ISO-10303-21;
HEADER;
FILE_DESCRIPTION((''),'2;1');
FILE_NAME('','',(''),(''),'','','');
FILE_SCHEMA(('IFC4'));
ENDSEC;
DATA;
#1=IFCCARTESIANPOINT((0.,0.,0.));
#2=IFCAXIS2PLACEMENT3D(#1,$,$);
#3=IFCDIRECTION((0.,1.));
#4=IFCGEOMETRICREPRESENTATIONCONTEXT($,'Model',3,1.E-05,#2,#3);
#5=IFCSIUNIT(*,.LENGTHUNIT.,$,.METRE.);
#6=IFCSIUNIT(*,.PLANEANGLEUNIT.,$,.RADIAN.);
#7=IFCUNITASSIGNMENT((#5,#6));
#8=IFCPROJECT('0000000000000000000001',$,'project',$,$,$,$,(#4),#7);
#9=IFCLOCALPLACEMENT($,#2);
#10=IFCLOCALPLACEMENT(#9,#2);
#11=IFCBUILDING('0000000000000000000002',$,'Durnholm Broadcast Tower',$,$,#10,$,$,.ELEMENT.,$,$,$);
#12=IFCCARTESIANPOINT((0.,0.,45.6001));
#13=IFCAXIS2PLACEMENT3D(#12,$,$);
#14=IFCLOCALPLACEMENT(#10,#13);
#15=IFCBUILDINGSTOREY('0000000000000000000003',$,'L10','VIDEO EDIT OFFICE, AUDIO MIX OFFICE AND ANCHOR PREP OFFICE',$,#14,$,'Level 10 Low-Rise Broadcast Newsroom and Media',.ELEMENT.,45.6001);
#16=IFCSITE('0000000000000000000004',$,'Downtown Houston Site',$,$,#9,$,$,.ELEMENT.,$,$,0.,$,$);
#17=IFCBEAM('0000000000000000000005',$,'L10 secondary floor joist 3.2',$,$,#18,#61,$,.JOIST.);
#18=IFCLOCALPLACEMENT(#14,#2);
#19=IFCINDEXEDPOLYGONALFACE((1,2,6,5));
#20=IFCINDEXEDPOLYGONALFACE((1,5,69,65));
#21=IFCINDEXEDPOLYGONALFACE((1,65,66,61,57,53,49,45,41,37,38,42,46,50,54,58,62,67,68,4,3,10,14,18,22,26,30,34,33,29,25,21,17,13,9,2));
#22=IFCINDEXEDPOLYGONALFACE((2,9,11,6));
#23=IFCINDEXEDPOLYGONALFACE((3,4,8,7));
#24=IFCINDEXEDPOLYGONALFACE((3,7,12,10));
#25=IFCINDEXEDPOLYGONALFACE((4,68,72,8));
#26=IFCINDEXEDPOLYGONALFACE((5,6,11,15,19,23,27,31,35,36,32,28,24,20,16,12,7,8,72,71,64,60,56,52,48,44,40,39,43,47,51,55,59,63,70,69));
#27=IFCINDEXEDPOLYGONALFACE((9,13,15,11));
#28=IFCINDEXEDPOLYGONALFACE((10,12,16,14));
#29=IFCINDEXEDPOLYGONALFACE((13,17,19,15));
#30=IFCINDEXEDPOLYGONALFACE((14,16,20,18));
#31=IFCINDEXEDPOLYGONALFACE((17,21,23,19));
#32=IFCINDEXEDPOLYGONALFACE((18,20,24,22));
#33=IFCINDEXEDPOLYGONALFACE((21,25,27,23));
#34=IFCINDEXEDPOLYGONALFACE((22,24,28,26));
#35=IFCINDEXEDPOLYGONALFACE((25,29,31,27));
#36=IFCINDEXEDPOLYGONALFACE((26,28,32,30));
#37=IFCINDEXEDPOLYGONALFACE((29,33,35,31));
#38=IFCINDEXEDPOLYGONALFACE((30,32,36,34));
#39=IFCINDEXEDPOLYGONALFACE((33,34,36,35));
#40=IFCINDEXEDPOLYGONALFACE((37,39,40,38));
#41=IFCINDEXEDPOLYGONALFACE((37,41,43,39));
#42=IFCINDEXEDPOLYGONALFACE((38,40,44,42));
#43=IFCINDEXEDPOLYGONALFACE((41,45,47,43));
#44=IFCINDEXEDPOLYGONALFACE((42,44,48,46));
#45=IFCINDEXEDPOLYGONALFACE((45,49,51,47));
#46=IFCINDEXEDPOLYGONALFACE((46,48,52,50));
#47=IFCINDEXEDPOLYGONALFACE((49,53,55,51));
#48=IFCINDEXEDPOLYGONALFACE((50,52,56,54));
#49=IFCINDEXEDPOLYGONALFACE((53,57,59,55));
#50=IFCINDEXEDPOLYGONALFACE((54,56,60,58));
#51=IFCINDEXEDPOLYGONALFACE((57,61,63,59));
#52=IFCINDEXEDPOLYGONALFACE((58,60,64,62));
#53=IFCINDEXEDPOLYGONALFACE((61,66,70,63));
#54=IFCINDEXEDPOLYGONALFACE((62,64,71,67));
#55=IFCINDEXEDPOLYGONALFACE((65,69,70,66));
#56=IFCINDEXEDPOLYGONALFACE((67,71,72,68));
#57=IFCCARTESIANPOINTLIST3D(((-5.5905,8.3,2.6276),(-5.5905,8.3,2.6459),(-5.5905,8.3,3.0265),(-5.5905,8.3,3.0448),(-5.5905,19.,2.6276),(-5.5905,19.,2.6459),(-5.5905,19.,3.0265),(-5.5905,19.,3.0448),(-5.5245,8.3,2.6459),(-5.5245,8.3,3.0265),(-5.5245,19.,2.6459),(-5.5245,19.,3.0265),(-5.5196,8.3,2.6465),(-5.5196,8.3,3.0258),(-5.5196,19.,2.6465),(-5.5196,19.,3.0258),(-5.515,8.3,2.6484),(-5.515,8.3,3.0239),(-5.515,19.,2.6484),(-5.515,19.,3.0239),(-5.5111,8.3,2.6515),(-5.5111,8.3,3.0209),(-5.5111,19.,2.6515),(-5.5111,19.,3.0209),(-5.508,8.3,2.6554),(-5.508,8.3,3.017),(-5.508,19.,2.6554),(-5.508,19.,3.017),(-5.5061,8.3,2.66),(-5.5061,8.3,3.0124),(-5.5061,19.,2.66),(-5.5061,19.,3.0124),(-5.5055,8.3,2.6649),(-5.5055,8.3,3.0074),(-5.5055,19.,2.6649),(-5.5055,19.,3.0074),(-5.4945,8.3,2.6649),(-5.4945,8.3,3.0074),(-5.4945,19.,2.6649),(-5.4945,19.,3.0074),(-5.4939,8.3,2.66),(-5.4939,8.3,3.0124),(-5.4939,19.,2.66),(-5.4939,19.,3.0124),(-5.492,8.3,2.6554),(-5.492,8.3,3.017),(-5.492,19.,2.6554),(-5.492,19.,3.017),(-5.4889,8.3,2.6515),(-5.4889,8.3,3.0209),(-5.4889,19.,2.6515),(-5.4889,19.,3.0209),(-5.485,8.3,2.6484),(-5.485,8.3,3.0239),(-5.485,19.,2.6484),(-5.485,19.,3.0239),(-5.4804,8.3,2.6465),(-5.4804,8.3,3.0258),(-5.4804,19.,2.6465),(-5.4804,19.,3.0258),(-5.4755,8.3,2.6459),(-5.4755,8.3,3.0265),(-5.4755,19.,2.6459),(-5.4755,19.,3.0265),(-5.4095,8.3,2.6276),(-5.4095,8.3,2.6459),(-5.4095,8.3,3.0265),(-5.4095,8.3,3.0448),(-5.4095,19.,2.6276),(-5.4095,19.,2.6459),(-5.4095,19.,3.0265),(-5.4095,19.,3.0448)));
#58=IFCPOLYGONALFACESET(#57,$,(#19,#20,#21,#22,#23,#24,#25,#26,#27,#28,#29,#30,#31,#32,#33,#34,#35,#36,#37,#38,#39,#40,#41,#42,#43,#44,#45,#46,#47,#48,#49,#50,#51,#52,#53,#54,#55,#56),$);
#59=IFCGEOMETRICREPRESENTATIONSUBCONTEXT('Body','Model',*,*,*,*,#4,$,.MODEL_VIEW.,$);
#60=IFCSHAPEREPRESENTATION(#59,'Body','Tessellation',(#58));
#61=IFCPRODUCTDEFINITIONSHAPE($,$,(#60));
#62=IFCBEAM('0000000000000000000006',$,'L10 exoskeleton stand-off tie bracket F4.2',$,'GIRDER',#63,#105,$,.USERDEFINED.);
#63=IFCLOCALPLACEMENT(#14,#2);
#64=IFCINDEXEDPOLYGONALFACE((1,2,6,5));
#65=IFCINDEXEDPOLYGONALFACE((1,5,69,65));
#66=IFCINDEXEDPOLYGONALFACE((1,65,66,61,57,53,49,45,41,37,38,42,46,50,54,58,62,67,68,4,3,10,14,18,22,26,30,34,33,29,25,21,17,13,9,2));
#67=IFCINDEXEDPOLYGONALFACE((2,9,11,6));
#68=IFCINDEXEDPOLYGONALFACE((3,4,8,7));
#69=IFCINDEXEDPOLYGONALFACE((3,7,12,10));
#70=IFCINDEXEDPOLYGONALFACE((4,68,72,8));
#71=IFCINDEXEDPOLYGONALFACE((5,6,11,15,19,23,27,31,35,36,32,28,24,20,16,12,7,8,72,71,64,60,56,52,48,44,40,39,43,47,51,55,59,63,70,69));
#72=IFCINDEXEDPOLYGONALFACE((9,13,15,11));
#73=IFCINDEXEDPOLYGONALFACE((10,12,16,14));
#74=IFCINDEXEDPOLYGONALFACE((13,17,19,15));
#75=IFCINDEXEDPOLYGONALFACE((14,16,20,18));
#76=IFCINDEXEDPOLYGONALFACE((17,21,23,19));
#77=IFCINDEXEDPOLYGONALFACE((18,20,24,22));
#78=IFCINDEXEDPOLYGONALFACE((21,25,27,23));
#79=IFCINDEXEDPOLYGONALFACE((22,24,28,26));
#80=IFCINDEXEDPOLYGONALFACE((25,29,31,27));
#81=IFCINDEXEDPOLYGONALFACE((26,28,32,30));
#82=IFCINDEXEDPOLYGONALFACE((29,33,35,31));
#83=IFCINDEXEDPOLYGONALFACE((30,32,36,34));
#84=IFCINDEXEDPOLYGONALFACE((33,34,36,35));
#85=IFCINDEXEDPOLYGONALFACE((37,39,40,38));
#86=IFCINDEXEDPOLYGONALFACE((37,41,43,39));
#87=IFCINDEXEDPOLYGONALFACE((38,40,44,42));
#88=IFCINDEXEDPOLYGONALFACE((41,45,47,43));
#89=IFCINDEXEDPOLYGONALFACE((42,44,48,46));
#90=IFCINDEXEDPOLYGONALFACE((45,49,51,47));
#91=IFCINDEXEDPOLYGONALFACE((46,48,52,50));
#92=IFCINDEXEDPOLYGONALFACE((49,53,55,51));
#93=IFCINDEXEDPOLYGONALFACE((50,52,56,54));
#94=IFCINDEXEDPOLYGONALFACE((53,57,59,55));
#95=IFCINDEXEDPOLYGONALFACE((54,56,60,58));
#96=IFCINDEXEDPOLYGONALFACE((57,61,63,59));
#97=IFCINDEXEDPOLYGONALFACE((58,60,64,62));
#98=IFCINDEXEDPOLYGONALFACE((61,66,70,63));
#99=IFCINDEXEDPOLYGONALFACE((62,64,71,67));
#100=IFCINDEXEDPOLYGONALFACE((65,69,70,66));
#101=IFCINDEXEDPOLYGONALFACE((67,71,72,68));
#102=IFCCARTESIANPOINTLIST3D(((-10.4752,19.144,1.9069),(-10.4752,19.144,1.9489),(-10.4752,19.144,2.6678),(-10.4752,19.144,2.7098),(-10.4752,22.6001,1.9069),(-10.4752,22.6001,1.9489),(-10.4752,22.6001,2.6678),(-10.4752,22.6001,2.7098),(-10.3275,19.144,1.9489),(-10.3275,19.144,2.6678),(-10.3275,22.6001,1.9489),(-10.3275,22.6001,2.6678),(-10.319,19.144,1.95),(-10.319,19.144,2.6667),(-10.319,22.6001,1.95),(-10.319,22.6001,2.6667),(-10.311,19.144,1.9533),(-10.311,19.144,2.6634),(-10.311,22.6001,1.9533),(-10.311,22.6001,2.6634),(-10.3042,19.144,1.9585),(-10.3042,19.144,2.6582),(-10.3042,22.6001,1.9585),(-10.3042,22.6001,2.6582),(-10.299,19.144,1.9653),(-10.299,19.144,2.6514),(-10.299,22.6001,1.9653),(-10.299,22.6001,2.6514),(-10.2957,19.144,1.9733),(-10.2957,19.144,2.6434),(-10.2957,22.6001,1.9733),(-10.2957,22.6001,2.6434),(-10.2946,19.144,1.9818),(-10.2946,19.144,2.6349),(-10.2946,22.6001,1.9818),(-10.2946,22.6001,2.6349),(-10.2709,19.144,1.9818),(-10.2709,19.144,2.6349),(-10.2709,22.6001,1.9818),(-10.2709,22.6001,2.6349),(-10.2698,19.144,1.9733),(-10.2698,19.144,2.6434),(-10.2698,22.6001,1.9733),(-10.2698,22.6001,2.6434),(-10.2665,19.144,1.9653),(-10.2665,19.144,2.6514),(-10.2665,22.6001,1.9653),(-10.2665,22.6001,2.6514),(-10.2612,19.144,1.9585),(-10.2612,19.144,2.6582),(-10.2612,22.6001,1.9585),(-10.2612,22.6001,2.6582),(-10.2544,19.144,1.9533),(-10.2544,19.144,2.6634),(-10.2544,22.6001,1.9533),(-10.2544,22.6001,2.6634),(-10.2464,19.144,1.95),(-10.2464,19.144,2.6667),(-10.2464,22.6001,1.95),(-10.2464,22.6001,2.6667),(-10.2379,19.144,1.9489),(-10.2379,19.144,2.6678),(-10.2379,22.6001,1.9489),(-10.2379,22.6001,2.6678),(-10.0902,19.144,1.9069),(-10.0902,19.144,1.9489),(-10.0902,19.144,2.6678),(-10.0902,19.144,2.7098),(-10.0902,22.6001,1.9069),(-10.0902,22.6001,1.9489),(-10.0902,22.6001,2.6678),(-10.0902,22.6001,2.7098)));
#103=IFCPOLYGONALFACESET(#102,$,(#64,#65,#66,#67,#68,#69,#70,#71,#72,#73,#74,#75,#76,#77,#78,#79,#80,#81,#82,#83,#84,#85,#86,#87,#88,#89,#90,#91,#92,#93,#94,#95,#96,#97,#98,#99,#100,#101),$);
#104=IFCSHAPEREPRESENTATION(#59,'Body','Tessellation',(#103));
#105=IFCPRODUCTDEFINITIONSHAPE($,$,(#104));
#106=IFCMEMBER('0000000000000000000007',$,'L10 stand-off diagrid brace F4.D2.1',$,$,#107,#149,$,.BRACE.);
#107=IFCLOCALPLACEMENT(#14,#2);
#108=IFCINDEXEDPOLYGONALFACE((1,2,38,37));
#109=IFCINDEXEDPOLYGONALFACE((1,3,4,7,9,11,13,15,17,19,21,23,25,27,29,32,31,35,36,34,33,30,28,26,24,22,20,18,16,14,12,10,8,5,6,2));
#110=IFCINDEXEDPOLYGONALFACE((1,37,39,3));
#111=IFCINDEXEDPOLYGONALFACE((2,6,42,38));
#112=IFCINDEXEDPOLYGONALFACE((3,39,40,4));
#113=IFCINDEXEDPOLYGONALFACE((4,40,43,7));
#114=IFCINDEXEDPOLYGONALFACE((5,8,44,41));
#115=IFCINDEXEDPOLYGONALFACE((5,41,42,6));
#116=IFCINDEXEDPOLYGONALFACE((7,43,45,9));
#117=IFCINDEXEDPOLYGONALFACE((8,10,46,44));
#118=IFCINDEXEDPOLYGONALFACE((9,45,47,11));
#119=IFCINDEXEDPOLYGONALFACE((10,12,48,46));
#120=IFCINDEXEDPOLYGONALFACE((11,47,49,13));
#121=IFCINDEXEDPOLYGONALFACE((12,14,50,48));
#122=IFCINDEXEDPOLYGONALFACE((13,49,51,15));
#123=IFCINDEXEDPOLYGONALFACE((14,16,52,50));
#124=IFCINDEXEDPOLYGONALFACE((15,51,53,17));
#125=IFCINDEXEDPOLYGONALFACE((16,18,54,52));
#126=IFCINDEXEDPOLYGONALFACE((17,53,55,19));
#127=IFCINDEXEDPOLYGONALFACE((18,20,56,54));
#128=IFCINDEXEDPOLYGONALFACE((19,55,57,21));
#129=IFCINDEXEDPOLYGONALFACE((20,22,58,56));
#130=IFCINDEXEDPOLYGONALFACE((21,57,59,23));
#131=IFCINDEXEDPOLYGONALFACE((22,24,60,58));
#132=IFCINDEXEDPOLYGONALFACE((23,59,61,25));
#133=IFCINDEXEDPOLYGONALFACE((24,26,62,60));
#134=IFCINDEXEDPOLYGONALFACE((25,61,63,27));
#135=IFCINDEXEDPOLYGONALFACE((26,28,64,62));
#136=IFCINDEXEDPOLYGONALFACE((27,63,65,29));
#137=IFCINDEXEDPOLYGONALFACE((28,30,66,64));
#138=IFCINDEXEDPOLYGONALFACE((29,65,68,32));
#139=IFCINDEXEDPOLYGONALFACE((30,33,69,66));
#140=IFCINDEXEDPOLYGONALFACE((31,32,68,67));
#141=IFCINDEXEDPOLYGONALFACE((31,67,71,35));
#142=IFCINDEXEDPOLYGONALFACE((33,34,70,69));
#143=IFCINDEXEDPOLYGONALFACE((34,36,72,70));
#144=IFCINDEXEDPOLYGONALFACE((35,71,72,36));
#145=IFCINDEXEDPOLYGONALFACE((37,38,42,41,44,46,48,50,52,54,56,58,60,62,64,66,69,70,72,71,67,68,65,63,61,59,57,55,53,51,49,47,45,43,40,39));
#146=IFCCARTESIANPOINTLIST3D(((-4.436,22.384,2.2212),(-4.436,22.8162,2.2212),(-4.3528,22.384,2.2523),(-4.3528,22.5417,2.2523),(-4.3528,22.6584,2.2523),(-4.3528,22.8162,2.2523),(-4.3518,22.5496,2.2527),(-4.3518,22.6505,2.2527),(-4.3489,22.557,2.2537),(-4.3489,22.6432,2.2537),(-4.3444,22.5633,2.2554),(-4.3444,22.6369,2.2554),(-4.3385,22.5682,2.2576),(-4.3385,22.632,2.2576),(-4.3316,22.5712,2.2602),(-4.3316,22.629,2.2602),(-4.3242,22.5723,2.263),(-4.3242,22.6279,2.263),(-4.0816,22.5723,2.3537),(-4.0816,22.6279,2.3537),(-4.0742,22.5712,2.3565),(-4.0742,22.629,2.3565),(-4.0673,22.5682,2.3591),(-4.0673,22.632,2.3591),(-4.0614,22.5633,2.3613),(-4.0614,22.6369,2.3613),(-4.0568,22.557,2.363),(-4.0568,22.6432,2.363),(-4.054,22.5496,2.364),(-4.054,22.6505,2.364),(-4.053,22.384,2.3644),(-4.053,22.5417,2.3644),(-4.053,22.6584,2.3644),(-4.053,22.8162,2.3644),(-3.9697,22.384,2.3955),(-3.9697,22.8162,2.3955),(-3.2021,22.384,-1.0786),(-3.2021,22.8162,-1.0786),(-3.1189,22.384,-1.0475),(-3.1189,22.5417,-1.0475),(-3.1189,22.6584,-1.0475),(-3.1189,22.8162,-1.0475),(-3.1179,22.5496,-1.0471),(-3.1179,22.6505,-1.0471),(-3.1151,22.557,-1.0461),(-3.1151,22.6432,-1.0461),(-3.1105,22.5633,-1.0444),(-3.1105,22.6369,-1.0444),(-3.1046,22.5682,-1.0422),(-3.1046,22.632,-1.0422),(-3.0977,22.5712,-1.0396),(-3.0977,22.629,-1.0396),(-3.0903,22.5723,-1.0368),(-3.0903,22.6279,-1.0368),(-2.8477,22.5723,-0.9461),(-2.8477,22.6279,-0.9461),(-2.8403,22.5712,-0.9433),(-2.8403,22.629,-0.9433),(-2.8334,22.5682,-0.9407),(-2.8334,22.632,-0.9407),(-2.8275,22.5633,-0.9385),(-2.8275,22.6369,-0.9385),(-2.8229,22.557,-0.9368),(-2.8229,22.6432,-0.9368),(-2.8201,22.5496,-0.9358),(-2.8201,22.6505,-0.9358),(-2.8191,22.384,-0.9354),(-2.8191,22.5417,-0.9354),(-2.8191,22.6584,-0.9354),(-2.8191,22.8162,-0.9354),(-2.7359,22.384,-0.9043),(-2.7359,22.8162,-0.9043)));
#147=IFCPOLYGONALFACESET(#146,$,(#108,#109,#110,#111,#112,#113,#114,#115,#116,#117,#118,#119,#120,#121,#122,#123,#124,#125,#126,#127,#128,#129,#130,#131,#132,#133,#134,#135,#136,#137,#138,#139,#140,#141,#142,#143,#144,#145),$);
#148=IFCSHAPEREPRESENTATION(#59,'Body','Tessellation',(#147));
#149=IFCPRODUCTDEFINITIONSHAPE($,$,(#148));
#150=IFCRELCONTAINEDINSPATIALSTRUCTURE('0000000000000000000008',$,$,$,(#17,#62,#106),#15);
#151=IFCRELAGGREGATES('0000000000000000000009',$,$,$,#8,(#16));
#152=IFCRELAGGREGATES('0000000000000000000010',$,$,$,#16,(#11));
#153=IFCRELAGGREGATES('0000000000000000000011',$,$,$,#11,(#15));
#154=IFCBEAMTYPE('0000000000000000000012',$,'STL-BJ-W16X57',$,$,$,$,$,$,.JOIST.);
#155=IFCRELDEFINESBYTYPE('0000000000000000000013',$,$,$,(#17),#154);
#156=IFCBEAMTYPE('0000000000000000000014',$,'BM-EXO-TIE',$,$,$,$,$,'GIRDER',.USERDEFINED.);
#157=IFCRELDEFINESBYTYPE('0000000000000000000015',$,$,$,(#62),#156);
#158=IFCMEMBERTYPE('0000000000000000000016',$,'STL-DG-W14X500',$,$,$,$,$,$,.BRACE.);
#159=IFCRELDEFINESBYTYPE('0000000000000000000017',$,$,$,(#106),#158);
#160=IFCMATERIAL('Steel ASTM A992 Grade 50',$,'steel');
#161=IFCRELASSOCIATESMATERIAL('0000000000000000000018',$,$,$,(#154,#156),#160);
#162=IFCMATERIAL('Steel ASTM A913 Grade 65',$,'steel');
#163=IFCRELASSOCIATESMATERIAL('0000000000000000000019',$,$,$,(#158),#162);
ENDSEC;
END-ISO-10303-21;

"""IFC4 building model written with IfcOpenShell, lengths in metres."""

from ifc_helpers import new_model, si_unit, direction, frame, origin, origin_2d, place, context, subcontext, project, spatial, i_section, extrude, source, transform, mapped, material, material_profile, profile_set, type_object, type_shapes, element, save


model = new_model("IFC4")

# Units and contexts
model_context = context("Model", 3, precision=1e-05, world=origin(), true_north=direction((0.0, 1.0)))
body_context = subcontext(model_context, "Body", "Model", "MODEL_VIEW")
ifc_project = project(units=[si_unit("LENGTHUNIT", "METRE"), si_unit("PLANEANGLEUNIT", "RADIAN")], contexts=[model_context])

# Site, building, storey
site_placement = place(None, origin())
site = spatial("IfcSite", under=ifc_project, at=site_placement, Name="Downtown Houston Site", CompositionType="ELEMENT", RefElevation=0.0)
building_placement = place(site_placement, origin())
building = spatial("IfcBuilding", under=site, at=building_placement, Name="Durnholm Broadcast Tower", CompositionType="ELEMENT")
storey_placement = place(building_placement, frame((0.0, 0.0, 45.6001)))
storey = spatial("IfcBuildingStorey", under=building, at=storey_placement, Name="L10", Description="VIDEO EDIT OFFICE, AUDIO MIX OFFICE AND ANCHOR PREP OFFICE", LongName="Level 10 Low-Rise Broadcast Newsroom and Media", CompositionType="ELEMENT", Elevation=45.6001)

# Beams
ifc_material_1 = material(Name="Steel ASTM A992 Grade 50", Category="steel")
ifc_material_profile_1 = material_profile(ifc_material_1, i_section(OverallWidth=0.1809, OverallDepth=0.4172, WebThickness=0.011, FlangeThickness=0.0183, FilletRadius=0.019, at=origin_2d()), Name="W16X57")
ifc_profile_set_1 = profile_set([ifc_material_profile_1], Name="Steel ASTM A992 Grade 50")
beam_type_1 = type_object("IfcBeamType", Name="STL-BJ-W16X57", PredefinedType="JOIST", material=ifc_profile_set_1)
shared_shape_1 = source(origin(), body_context, "Body", "SweptSolid", [
    extrude(i_section(OverallWidth=0.1809, OverallDepth=0.4172, WebThickness=0.011, FlangeThickness=0.0183, FilletRadius=0.019, at=origin_2d()), origin(), (0.0, 0.0, 1.0), 10.7),
])
type_shapes(beam_type_1, [shared_shape_1])
beam_1_placement = place(storey_placement, frame((-5.5, 8.3, 2.8362), z_axis=(0.0, 1.0, 0.0), x_axis=(-1.0, 0.0, 0.0)))
element("IfcBeam", 1, at=beam_1_placement, inside=storey, type_object=beam_type_1, Name="L10 secondary floor joist 3.2", PredefinedType="JOIST", context=body_context, shape_type="MappedRepresentation", body=[
    mapped(shared_shape_1, transform((0.0, 0.0, 0.0), x_axis=(1.0, 0.0, 0.0), y_axis=(0.0, 1.0, 0.0), z_axis=(0.0, 0.0, 1.0), scale=1.0)),
])
ifc_material_profile_2 = material_profile(ifc_material_1, i_section(OverallWidth=0.385, OverallDepth=0.803, WebThickness=0.0237, FlangeThickness=0.042, FilletRadius=0.033, at=origin_2d()), Name="W30X261")
ifc_profile_set_2 = profile_set([ifc_material_profile_2], Name="Steel ASTM A992 Grade 50")
beam_type_2 = type_object("IfcBeamType", Name="BM-EXO-TIE", ElementType="GIRDER", PredefinedType="USERDEFINED", material=ifc_profile_set_2)
shared_shape_2 = source(origin(), body_context, "Body", "SweptSolid", [
    extrude(i_section(OverallWidth=0.385, OverallDepth=0.803, WebThickness=0.0237, FlangeThickness=0.042, FilletRadius=0.033, at=origin_2d()), origin(), (0.0, 0.0, 1.0), 3.4561),
])
type_shapes(beam_type_2, [shared_shape_2])
beam_2_placement = place(storey_placement, frame((-10.2827, 19.144, 2.3083), z_axis=(0.0, 1.0, 0.0), x_axis=(-1.0, 0.0, 0.0)))
element("IfcBeam", 2, at=beam_2_placement, inside=storey, type_object=beam_type_2, Name="L10 exoskeleton stand-off tie bracket F4.2", ObjectType="GIRDER", PredefinedType="USERDEFINED", context=body_context, shape_type="MappedRepresentation", body=[
    mapped(shared_shape_2, transform((0.0, 0.0, 0.0), x_axis=(1.0, 0.0, 0.0), y_axis=(0.0, 1.0, 0.0), z_axis=(0.0, 0.0, 1.0), scale=1.0)),
])

# Member
ifc_material_2 = material(Name="Steel ASTM A913 Grade 65", Category="steel")
ifc_material_profile_3 = material_profile(ifc_material_2, i_section(OverallWidth=0.4321, OverallDepth=0.4978, WebThickness=0.0557, FlangeThickness=0.0889, FilletRadius=0.0305, at=origin_2d()), Name="W14X500")
ifc_profile_set_3 = profile_set([ifc_material_profile_3], Name="Steel ASTM A913 Grade 65")
member_type_1 = type_object("IfcMemberType", Name="STL-DG-W14X500", PredefinedType="BRACE", material=ifc_profile_set_3)
shared_shape_3 = source(origin(), body_context, "Body", "SweptSolid", [
    extrude(i_section(OverallWidth=0.4321, OverallDepth=0.4978, WebThickness=0.0557, FlangeThickness=0.0889, FilletRadius=0.0305, at=origin_2d()), origin(), (0.0, 0.0, 1.0), 3.5229),
])
type_shapes(member_type_1, [shared_shape_3])
for number, where, z_axis, x_axis, name in (
    (3, (-2.969, 22.6001, -0.9915), (-0.350242, 0.0, 0.936659), (0.0, -1.0, 0.0), "L10 stand-off diagrid brace F4.D2.1"),
):
    element("IfcMember", number, at=place(storey_placement, frame(where, z_axis=z_axis, x_axis=x_axis)), inside=storey, type_object=member_type_1, Name=name, PredefinedType="BRACE", context=body_context, shape_type="MappedRepresentation", body=[
        mapped(shared_shape_3, transform((0.0, 0.0, 0.0), x_axis=(1.0, 0.0, 0.0), y_axis=(0.0, 1.0, 0.0), z_axis=(0.0, 0.0, 1.0), scale=1.0)),
    ])

save(model, "model.ifc")
